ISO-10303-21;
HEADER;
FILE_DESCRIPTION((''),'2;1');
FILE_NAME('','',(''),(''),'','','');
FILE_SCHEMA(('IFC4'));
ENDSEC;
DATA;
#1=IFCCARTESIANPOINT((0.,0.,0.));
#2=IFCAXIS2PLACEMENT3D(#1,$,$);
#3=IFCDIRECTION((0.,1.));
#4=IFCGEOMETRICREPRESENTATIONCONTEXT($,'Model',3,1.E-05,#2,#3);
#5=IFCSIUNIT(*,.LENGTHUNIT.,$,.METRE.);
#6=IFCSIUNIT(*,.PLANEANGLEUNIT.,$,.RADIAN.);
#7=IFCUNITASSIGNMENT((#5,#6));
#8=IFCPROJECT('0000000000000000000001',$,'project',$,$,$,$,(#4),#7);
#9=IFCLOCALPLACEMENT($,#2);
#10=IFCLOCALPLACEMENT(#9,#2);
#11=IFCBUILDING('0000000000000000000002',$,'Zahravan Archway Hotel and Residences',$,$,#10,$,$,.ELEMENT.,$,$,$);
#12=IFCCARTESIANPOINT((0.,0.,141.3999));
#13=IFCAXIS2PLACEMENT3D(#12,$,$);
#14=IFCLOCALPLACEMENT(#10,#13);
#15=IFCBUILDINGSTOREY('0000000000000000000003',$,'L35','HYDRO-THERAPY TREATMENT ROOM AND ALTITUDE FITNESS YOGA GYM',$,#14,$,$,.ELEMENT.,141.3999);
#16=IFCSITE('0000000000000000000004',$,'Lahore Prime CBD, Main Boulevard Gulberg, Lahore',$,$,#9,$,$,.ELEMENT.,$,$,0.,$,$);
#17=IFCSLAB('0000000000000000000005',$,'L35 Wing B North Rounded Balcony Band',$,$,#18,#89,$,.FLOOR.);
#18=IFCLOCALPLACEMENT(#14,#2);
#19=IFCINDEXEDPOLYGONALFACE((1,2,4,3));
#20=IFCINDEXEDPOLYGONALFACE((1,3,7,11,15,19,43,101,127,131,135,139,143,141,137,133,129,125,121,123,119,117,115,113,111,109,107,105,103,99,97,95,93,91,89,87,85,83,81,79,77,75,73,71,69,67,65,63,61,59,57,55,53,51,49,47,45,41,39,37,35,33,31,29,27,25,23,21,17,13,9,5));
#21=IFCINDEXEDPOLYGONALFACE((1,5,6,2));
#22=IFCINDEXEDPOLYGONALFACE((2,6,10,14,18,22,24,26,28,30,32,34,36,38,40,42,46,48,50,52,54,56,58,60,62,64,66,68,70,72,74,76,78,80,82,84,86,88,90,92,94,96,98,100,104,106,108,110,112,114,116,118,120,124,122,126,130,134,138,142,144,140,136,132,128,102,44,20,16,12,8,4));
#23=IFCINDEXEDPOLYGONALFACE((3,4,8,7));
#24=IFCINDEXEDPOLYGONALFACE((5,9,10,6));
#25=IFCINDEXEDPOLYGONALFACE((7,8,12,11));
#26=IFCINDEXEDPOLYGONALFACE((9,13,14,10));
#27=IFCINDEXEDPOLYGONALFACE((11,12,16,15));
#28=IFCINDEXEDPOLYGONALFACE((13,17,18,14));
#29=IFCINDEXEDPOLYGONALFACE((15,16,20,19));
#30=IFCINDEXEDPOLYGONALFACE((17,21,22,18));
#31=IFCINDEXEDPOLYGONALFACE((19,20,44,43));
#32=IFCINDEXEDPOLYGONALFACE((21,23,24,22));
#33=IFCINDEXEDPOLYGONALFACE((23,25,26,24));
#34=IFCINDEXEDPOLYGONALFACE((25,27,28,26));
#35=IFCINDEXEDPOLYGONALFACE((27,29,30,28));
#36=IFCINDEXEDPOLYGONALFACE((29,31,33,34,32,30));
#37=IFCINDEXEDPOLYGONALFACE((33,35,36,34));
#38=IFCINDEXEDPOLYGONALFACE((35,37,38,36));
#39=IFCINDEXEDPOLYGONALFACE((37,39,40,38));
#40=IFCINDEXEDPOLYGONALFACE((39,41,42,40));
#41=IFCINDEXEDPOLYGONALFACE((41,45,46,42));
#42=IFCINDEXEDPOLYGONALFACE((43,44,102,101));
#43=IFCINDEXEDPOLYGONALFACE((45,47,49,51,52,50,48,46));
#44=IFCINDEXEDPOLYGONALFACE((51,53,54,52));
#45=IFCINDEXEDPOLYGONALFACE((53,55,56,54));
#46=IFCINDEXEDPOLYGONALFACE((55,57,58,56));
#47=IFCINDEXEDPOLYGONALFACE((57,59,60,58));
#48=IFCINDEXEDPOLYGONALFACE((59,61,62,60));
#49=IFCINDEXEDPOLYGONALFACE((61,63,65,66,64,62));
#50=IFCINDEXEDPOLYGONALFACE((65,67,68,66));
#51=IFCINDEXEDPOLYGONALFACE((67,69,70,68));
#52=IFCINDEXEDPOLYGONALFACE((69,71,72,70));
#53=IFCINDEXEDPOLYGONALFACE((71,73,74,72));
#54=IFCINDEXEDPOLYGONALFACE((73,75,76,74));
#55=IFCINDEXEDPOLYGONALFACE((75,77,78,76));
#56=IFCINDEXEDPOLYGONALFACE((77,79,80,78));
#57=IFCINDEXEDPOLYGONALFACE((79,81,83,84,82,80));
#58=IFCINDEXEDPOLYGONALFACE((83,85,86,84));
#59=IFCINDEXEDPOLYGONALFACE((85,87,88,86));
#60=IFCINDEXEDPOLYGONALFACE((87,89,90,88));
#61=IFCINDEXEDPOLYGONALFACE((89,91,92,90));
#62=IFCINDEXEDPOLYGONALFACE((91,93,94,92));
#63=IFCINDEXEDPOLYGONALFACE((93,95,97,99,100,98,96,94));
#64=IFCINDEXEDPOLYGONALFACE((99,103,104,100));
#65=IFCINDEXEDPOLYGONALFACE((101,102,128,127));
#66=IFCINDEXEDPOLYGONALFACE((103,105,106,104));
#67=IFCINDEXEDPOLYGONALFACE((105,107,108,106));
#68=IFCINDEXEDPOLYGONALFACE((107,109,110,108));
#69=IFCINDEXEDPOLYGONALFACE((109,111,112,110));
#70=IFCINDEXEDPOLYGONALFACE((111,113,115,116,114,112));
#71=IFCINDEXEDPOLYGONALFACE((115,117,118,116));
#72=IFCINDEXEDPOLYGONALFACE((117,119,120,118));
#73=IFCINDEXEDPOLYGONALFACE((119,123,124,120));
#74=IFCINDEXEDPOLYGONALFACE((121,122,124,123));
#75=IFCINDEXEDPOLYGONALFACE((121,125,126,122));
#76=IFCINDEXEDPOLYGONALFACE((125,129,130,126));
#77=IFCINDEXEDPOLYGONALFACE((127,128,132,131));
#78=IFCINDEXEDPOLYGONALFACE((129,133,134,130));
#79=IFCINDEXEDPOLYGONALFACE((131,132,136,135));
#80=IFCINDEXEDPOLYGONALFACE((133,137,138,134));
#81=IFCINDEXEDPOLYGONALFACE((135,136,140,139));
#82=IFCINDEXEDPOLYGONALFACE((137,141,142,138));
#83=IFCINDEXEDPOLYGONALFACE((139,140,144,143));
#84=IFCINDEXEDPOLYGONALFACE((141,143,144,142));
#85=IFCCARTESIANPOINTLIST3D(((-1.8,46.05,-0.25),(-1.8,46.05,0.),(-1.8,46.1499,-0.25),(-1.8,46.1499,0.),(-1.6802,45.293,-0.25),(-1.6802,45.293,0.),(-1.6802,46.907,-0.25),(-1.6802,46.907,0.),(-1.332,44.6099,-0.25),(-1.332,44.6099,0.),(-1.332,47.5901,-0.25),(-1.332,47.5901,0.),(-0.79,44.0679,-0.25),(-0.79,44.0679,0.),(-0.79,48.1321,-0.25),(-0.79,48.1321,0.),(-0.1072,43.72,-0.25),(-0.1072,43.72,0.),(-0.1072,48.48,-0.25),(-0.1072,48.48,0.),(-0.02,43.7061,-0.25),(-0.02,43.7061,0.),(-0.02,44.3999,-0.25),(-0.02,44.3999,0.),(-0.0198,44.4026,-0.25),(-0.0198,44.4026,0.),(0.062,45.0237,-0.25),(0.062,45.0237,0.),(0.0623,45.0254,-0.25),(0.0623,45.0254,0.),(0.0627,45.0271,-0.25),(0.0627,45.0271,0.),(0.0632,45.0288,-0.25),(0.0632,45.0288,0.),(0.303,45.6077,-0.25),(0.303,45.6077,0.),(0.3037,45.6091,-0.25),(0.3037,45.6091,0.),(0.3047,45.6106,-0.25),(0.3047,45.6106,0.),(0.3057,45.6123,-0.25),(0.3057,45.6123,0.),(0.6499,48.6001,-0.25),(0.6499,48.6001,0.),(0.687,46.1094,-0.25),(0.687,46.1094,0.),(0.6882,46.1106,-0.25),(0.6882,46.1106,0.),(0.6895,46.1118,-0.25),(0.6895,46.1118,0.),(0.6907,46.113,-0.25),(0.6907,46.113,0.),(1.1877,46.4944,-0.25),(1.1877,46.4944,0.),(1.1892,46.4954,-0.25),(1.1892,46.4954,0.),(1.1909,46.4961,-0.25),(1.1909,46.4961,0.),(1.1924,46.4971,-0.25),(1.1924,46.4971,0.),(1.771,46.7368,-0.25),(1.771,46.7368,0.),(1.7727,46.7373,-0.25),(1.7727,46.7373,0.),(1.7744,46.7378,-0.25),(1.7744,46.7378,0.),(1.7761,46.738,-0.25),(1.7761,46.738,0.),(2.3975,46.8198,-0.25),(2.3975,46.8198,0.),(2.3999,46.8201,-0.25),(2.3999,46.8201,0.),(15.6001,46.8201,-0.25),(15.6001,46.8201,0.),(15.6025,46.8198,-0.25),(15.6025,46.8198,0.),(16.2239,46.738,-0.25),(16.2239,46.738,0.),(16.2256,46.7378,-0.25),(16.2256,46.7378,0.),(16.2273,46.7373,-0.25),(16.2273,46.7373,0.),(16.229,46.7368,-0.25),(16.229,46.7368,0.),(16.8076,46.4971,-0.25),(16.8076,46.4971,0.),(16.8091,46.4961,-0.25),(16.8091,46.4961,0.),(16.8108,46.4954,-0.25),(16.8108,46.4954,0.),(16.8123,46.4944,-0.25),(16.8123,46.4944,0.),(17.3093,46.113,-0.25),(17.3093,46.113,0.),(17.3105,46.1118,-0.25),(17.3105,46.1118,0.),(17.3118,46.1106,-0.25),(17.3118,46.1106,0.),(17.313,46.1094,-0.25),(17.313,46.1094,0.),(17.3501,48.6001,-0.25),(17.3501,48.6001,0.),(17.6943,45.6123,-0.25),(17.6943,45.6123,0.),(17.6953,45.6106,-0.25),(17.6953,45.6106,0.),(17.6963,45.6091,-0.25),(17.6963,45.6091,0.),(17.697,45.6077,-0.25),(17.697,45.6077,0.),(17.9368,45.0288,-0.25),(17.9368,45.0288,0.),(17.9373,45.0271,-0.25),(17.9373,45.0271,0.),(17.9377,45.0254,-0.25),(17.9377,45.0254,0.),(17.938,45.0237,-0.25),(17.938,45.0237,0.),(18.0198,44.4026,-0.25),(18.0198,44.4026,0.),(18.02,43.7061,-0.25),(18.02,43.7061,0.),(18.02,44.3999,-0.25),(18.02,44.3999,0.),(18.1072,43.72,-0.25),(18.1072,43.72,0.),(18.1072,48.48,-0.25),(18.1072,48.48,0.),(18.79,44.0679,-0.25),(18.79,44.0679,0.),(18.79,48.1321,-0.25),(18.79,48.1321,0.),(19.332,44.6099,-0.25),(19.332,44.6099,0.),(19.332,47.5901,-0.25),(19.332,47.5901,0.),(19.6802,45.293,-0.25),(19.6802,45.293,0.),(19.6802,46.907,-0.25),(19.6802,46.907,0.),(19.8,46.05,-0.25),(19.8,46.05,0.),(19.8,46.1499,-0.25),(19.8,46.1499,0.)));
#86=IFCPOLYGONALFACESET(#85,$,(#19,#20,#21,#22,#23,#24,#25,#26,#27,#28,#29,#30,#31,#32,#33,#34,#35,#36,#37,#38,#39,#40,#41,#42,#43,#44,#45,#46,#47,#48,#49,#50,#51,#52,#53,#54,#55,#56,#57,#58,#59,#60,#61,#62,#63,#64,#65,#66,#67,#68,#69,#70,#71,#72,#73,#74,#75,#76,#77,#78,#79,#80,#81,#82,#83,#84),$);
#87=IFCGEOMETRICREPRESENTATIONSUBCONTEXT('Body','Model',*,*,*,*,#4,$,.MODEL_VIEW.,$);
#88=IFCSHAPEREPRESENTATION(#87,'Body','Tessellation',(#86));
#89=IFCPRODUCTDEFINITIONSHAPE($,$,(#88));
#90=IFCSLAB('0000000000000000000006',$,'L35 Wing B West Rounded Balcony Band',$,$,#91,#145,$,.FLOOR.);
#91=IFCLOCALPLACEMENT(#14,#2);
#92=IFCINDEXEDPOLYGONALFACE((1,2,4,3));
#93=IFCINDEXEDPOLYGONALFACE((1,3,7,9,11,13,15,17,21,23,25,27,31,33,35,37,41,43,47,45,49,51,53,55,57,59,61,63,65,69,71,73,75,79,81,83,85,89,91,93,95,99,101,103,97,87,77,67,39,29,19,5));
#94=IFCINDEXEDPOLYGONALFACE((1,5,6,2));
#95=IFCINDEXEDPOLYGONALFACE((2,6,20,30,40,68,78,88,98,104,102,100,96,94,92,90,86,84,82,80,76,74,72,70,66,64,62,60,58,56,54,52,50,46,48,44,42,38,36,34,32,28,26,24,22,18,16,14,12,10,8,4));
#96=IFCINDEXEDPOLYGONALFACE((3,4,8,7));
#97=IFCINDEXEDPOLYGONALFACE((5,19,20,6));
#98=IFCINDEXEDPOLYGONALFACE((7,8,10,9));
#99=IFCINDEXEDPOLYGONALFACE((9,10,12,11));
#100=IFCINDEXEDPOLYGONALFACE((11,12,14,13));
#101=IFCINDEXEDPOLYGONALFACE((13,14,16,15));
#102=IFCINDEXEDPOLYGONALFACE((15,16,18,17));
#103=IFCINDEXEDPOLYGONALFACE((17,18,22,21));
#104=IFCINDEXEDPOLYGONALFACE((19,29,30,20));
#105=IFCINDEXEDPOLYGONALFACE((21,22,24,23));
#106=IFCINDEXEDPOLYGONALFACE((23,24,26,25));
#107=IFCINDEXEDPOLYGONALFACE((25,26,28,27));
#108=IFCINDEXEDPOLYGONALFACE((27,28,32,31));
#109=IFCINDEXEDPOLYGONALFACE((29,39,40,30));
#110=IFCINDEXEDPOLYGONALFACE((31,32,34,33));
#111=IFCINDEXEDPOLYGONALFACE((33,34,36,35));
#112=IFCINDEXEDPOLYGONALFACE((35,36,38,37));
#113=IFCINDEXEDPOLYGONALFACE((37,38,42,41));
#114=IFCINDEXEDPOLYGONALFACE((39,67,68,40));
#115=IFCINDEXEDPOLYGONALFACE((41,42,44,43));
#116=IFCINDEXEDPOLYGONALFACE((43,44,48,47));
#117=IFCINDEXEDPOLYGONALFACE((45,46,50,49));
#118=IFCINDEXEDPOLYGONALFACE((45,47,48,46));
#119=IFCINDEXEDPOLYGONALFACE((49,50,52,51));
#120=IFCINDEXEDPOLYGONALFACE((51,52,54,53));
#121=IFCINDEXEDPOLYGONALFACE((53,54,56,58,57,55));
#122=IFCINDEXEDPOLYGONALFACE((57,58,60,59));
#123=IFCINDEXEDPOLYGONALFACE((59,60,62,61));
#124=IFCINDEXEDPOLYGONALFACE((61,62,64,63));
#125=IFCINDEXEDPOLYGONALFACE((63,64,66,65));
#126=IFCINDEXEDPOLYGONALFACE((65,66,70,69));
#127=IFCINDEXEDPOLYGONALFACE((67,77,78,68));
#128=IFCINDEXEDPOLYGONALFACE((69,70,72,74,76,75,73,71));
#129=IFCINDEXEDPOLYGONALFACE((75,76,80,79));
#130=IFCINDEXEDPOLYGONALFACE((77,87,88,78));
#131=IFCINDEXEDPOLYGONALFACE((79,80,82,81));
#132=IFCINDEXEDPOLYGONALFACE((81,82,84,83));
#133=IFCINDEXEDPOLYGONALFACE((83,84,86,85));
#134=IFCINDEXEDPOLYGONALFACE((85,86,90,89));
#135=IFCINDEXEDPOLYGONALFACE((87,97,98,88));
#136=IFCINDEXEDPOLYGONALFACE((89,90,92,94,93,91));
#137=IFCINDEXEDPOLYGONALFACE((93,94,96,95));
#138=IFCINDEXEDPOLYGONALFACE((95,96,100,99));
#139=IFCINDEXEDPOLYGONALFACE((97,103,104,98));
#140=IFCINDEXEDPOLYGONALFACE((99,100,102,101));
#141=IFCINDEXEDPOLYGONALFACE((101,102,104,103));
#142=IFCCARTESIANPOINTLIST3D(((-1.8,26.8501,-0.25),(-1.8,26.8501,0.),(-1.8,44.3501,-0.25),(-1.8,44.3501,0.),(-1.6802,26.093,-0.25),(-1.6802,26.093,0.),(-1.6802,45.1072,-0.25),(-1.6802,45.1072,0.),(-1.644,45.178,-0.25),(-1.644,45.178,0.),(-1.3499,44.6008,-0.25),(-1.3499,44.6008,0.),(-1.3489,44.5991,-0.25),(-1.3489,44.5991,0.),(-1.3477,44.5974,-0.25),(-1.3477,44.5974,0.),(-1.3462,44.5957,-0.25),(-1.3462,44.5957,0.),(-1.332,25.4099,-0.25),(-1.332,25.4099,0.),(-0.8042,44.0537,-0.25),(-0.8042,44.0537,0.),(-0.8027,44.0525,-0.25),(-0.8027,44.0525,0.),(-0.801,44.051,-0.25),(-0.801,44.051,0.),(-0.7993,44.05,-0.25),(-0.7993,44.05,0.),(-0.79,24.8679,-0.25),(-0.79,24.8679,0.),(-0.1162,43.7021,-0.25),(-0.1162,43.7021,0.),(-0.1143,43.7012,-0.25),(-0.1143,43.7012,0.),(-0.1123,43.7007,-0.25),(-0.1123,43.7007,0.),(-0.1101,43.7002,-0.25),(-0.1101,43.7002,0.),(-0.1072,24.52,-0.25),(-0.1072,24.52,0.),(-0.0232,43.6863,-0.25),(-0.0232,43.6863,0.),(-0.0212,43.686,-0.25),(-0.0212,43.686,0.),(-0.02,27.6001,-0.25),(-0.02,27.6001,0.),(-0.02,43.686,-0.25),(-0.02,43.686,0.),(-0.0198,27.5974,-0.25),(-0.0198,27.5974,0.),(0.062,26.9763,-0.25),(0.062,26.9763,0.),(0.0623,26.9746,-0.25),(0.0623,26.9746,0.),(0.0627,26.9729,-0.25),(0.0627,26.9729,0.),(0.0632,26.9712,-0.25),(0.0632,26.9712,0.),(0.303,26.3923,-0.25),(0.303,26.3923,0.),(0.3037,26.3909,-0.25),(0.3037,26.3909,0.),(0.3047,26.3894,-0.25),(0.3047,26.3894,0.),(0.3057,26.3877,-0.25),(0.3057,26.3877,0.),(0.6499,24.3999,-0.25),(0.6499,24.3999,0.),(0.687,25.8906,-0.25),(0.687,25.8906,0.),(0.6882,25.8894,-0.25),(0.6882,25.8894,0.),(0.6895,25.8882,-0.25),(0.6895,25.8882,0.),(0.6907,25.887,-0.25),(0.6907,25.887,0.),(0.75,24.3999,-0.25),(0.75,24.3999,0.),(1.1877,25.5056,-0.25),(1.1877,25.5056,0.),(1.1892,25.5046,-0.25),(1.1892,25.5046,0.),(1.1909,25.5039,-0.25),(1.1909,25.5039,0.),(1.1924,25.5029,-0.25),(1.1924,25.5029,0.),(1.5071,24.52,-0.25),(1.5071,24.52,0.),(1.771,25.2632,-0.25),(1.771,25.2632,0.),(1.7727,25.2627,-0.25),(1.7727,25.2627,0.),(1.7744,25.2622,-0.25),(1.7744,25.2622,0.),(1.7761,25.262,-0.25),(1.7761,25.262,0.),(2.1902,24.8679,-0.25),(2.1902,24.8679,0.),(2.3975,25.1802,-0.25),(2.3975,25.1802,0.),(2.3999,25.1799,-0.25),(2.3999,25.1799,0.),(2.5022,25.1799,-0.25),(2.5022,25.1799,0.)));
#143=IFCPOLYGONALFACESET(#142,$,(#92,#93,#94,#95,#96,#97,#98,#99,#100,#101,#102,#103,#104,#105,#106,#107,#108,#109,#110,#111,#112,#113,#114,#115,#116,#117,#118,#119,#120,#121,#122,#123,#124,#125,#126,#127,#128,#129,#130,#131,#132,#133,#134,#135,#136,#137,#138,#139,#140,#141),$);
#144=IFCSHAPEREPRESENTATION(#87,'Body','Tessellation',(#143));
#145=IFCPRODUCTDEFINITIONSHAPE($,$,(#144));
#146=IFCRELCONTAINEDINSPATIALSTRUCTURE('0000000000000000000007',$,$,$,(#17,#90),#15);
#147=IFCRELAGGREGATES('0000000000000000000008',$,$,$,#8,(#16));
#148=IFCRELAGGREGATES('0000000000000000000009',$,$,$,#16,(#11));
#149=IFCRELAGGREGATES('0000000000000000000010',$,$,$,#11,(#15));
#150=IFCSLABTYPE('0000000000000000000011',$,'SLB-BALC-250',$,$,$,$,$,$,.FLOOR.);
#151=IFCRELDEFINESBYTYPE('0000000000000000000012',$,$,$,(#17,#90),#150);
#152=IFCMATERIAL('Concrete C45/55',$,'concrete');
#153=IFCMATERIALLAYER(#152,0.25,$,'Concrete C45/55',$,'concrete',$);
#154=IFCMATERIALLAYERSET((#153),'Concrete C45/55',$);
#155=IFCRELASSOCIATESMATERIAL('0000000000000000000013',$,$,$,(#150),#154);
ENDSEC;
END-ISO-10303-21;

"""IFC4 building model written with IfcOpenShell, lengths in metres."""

from ifc_helpers import new_model, si_unit, direction, frame, origin, place, context, subcontext, project, spatial, polyline, outline, extrude, material, layer, layer_set, type_object, element, save


model = new_model("IFC4")

# Units and contexts
model_context = context("Model", 3, precision=1e-05, world=origin(), true_north=direction((0.0, 1.0)))
body_context = subcontext(model_context, "Body", "Model", "MODEL_VIEW")
ifc_project = project(units=[si_unit("LENGTHUNIT", "METRE"), si_unit("PLANEANGLEUNIT", "RADIAN")], contexts=[model_context])

# Site, building, storey
site_placement = place(None, origin())
site = spatial("IfcSite", under=ifc_project, at=site_placement, Name="Lahore Prime CBD, Main Boulevard Gulberg, Lahore", CompositionType="ELEMENT", RefElevation=0.0)
building_placement = place(site_placement, origin())
building = spatial("IfcBuilding", under=site, at=building_placement, Name="Zahravan Archway Hotel and Residences", CompositionType="ELEMENT")
storey_placement = place(building_placement, frame((0.0, 0.0, 141.3999)))
storey = spatial("IfcBuildingStorey", under=building, at=storey_placement, Name="L35", Description="HYDRO-THERAPY TREATMENT ROOM AND ALTITUDE FITNESS YOGA GYM", CompositionType="ELEMENT", Elevation=141.3999)

# Slabs
ifc_material_1 = material(Name="Concrete C45/55", Category="concrete")
ifc_layer_1 = layer(ifc_material_1, 0.25, Name="Concrete C45/55", Category="concrete")
ifc_layer_set_1 = layer_set([ifc_layer_1], Name="Concrete C45/55")
slab_type_1 = type_object("IfcSlabType", Name="SLB-BALC-250", PredefinedType="FLOOR", material=ifc_layer_set_1)
slab_1_placement = place(storey_placement, frame((0.0, 0.0, -0.25)))
element("IfcSlab", 1, at=slab_1_placement, inside=storey, type_object=slab_type_1, Name="L35 Wing B North Rounded Balcony Band", PredefinedType="FLOOR", context=body_context, shape_type="SweptSolid", body=[
    extrude(outline(polyline([(-0.1072, 43.72), (-0.79, 44.0679), (-1.332, 44.6099), (-1.6802, 45.293), (-1.8, 46.05), (-1.8, 46.1499), (-1.6802, 46.907), (-1.332, 47.5901), (-0.79, 48.1321), (-0.1072, 48.48), (0.6499, 48.6001), (17.3501, 48.6001), (18.1072, 48.48), (18.79, 48.1321), (19.332, 47.5901), (19.6802, 46.907), (19.8, 46.1499), (19.8, 46.05), (19.6802, 45.293), (19.332, 44.6099), (18.79, 44.0679), (18.1072, 43.72), (18.02, 43.7061), (18.02, 44.3999), (18.0198, 44.4026), (17.938, 45.0237), (17.9377, 45.0254), (17.9373, 45.0271), (17.9368, 45.0288), (17.697, 45.6077), (17.6963, 45.6091), (17.6953, 45.6106), (17.6943, 45.6123), (17.313, 46.1094), (17.3118, 46.1106), (17.3105, 46.1118), (17.3093, 46.113), (16.8123, 46.4944), (16.8108, 46.4954), (16.8091, 46.4961), (16.8076, 46.4971), (16.229, 46.7368), (16.2273, 46.7373), (16.2256, 46.7378), (16.2239, 46.738), (15.6025, 46.8198), (15.6001, 46.8201), (2.3999, 46.8201), (2.3975, 46.8198), (1.7761, 46.738), (1.7744, 46.7378), (1.7727, 46.7373), (1.771, 46.7368), (1.1924, 46.4971), (1.1909, 46.4961), (1.1892, 46.4954), (1.1877, 46.4944), (0.6907, 46.113), (0.6895, 46.1118), (0.6882, 46.1106), (0.687, 46.1094), (0.3057, 45.6123), (0.3047, 45.6106), (0.3037, 45.6091), (0.303, 45.6077), (0.0632, 45.0288), (0.0627, 45.0271), (0.0623, 45.0254), (0.062, 45.0237), (-0.0198, 44.4026), (-0.02, 44.3999), (-0.02, 43.7061), (-0.1072, 43.72)])), origin(), (0.0, 0.0, 1.0), 0.25),
])
slab_2_placement = place(storey_placement, frame((0.0, 0.0, -0.25)))
element("IfcSlab", 2, at=slab_2_placement, inside=storey, type_object=slab_type_1, Name="L35 Wing B West Rounded Balcony Band", PredefinedType="FLOOR", context=body_context, shape_type="SweptSolid", body=[
    extrude(outline(polyline([(2.1902, 24.8679), (1.5071, 24.52), (0.75, 24.3999), (0.6499, 24.3999), (-0.1072, 24.52), (-0.79, 24.8679), (-1.332, 25.4099), (-1.6802, 26.093), (-1.8, 26.8501), (-1.8, 44.3501), (-1.6802, 45.1072), (-1.644, 45.178), (-1.3499, 44.6008), (-1.3489, 44.5991), (-1.3477, 44.5974), (-1.3462, 44.5957), (-0.8042, 44.0537), (-0.8027, 44.0525), (-0.801, 44.051), (-0.7993, 44.05), (-0.1162, 43.7021), (-0.1143, 43.7012), (-0.1123, 43.7007), (-0.1101, 43.7002), (-0.0232, 43.6863), (-0.0212, 43.686), (-0.02, 43.686), (-0.02, 27.6001), (-0.0198, 27.5974), (0.062, 26.9763), (0.0623, 26.9746), (0.0627, 26.9729), (0.0632, 26.9712), (0.303, 26.3923), (0.3037, 26.3909), (0.3047, 26.3894), (0.3057, 26.3877), (0.687, 25.8906), (0.6882, 25.8894), (0.6895, 25.8882), (0.6907, 25.887), (1.1877, 25.5056), (1.1892, 25.5046), (1.1909, 25.5039), (1.1924, 25.5029), (1.771, 25.2632), (1.7727, 25.2627), (1.7744, 25.2622), (1.7761, 25.262), (2.3975, 25.1802), (2.3999, 25.1799), (2.5022, 25.1799), (2.1902, 24.8679)])), origin(), (0.0, 0.0, 1.0), 0.25),
])

save(model, "model.ifc")
